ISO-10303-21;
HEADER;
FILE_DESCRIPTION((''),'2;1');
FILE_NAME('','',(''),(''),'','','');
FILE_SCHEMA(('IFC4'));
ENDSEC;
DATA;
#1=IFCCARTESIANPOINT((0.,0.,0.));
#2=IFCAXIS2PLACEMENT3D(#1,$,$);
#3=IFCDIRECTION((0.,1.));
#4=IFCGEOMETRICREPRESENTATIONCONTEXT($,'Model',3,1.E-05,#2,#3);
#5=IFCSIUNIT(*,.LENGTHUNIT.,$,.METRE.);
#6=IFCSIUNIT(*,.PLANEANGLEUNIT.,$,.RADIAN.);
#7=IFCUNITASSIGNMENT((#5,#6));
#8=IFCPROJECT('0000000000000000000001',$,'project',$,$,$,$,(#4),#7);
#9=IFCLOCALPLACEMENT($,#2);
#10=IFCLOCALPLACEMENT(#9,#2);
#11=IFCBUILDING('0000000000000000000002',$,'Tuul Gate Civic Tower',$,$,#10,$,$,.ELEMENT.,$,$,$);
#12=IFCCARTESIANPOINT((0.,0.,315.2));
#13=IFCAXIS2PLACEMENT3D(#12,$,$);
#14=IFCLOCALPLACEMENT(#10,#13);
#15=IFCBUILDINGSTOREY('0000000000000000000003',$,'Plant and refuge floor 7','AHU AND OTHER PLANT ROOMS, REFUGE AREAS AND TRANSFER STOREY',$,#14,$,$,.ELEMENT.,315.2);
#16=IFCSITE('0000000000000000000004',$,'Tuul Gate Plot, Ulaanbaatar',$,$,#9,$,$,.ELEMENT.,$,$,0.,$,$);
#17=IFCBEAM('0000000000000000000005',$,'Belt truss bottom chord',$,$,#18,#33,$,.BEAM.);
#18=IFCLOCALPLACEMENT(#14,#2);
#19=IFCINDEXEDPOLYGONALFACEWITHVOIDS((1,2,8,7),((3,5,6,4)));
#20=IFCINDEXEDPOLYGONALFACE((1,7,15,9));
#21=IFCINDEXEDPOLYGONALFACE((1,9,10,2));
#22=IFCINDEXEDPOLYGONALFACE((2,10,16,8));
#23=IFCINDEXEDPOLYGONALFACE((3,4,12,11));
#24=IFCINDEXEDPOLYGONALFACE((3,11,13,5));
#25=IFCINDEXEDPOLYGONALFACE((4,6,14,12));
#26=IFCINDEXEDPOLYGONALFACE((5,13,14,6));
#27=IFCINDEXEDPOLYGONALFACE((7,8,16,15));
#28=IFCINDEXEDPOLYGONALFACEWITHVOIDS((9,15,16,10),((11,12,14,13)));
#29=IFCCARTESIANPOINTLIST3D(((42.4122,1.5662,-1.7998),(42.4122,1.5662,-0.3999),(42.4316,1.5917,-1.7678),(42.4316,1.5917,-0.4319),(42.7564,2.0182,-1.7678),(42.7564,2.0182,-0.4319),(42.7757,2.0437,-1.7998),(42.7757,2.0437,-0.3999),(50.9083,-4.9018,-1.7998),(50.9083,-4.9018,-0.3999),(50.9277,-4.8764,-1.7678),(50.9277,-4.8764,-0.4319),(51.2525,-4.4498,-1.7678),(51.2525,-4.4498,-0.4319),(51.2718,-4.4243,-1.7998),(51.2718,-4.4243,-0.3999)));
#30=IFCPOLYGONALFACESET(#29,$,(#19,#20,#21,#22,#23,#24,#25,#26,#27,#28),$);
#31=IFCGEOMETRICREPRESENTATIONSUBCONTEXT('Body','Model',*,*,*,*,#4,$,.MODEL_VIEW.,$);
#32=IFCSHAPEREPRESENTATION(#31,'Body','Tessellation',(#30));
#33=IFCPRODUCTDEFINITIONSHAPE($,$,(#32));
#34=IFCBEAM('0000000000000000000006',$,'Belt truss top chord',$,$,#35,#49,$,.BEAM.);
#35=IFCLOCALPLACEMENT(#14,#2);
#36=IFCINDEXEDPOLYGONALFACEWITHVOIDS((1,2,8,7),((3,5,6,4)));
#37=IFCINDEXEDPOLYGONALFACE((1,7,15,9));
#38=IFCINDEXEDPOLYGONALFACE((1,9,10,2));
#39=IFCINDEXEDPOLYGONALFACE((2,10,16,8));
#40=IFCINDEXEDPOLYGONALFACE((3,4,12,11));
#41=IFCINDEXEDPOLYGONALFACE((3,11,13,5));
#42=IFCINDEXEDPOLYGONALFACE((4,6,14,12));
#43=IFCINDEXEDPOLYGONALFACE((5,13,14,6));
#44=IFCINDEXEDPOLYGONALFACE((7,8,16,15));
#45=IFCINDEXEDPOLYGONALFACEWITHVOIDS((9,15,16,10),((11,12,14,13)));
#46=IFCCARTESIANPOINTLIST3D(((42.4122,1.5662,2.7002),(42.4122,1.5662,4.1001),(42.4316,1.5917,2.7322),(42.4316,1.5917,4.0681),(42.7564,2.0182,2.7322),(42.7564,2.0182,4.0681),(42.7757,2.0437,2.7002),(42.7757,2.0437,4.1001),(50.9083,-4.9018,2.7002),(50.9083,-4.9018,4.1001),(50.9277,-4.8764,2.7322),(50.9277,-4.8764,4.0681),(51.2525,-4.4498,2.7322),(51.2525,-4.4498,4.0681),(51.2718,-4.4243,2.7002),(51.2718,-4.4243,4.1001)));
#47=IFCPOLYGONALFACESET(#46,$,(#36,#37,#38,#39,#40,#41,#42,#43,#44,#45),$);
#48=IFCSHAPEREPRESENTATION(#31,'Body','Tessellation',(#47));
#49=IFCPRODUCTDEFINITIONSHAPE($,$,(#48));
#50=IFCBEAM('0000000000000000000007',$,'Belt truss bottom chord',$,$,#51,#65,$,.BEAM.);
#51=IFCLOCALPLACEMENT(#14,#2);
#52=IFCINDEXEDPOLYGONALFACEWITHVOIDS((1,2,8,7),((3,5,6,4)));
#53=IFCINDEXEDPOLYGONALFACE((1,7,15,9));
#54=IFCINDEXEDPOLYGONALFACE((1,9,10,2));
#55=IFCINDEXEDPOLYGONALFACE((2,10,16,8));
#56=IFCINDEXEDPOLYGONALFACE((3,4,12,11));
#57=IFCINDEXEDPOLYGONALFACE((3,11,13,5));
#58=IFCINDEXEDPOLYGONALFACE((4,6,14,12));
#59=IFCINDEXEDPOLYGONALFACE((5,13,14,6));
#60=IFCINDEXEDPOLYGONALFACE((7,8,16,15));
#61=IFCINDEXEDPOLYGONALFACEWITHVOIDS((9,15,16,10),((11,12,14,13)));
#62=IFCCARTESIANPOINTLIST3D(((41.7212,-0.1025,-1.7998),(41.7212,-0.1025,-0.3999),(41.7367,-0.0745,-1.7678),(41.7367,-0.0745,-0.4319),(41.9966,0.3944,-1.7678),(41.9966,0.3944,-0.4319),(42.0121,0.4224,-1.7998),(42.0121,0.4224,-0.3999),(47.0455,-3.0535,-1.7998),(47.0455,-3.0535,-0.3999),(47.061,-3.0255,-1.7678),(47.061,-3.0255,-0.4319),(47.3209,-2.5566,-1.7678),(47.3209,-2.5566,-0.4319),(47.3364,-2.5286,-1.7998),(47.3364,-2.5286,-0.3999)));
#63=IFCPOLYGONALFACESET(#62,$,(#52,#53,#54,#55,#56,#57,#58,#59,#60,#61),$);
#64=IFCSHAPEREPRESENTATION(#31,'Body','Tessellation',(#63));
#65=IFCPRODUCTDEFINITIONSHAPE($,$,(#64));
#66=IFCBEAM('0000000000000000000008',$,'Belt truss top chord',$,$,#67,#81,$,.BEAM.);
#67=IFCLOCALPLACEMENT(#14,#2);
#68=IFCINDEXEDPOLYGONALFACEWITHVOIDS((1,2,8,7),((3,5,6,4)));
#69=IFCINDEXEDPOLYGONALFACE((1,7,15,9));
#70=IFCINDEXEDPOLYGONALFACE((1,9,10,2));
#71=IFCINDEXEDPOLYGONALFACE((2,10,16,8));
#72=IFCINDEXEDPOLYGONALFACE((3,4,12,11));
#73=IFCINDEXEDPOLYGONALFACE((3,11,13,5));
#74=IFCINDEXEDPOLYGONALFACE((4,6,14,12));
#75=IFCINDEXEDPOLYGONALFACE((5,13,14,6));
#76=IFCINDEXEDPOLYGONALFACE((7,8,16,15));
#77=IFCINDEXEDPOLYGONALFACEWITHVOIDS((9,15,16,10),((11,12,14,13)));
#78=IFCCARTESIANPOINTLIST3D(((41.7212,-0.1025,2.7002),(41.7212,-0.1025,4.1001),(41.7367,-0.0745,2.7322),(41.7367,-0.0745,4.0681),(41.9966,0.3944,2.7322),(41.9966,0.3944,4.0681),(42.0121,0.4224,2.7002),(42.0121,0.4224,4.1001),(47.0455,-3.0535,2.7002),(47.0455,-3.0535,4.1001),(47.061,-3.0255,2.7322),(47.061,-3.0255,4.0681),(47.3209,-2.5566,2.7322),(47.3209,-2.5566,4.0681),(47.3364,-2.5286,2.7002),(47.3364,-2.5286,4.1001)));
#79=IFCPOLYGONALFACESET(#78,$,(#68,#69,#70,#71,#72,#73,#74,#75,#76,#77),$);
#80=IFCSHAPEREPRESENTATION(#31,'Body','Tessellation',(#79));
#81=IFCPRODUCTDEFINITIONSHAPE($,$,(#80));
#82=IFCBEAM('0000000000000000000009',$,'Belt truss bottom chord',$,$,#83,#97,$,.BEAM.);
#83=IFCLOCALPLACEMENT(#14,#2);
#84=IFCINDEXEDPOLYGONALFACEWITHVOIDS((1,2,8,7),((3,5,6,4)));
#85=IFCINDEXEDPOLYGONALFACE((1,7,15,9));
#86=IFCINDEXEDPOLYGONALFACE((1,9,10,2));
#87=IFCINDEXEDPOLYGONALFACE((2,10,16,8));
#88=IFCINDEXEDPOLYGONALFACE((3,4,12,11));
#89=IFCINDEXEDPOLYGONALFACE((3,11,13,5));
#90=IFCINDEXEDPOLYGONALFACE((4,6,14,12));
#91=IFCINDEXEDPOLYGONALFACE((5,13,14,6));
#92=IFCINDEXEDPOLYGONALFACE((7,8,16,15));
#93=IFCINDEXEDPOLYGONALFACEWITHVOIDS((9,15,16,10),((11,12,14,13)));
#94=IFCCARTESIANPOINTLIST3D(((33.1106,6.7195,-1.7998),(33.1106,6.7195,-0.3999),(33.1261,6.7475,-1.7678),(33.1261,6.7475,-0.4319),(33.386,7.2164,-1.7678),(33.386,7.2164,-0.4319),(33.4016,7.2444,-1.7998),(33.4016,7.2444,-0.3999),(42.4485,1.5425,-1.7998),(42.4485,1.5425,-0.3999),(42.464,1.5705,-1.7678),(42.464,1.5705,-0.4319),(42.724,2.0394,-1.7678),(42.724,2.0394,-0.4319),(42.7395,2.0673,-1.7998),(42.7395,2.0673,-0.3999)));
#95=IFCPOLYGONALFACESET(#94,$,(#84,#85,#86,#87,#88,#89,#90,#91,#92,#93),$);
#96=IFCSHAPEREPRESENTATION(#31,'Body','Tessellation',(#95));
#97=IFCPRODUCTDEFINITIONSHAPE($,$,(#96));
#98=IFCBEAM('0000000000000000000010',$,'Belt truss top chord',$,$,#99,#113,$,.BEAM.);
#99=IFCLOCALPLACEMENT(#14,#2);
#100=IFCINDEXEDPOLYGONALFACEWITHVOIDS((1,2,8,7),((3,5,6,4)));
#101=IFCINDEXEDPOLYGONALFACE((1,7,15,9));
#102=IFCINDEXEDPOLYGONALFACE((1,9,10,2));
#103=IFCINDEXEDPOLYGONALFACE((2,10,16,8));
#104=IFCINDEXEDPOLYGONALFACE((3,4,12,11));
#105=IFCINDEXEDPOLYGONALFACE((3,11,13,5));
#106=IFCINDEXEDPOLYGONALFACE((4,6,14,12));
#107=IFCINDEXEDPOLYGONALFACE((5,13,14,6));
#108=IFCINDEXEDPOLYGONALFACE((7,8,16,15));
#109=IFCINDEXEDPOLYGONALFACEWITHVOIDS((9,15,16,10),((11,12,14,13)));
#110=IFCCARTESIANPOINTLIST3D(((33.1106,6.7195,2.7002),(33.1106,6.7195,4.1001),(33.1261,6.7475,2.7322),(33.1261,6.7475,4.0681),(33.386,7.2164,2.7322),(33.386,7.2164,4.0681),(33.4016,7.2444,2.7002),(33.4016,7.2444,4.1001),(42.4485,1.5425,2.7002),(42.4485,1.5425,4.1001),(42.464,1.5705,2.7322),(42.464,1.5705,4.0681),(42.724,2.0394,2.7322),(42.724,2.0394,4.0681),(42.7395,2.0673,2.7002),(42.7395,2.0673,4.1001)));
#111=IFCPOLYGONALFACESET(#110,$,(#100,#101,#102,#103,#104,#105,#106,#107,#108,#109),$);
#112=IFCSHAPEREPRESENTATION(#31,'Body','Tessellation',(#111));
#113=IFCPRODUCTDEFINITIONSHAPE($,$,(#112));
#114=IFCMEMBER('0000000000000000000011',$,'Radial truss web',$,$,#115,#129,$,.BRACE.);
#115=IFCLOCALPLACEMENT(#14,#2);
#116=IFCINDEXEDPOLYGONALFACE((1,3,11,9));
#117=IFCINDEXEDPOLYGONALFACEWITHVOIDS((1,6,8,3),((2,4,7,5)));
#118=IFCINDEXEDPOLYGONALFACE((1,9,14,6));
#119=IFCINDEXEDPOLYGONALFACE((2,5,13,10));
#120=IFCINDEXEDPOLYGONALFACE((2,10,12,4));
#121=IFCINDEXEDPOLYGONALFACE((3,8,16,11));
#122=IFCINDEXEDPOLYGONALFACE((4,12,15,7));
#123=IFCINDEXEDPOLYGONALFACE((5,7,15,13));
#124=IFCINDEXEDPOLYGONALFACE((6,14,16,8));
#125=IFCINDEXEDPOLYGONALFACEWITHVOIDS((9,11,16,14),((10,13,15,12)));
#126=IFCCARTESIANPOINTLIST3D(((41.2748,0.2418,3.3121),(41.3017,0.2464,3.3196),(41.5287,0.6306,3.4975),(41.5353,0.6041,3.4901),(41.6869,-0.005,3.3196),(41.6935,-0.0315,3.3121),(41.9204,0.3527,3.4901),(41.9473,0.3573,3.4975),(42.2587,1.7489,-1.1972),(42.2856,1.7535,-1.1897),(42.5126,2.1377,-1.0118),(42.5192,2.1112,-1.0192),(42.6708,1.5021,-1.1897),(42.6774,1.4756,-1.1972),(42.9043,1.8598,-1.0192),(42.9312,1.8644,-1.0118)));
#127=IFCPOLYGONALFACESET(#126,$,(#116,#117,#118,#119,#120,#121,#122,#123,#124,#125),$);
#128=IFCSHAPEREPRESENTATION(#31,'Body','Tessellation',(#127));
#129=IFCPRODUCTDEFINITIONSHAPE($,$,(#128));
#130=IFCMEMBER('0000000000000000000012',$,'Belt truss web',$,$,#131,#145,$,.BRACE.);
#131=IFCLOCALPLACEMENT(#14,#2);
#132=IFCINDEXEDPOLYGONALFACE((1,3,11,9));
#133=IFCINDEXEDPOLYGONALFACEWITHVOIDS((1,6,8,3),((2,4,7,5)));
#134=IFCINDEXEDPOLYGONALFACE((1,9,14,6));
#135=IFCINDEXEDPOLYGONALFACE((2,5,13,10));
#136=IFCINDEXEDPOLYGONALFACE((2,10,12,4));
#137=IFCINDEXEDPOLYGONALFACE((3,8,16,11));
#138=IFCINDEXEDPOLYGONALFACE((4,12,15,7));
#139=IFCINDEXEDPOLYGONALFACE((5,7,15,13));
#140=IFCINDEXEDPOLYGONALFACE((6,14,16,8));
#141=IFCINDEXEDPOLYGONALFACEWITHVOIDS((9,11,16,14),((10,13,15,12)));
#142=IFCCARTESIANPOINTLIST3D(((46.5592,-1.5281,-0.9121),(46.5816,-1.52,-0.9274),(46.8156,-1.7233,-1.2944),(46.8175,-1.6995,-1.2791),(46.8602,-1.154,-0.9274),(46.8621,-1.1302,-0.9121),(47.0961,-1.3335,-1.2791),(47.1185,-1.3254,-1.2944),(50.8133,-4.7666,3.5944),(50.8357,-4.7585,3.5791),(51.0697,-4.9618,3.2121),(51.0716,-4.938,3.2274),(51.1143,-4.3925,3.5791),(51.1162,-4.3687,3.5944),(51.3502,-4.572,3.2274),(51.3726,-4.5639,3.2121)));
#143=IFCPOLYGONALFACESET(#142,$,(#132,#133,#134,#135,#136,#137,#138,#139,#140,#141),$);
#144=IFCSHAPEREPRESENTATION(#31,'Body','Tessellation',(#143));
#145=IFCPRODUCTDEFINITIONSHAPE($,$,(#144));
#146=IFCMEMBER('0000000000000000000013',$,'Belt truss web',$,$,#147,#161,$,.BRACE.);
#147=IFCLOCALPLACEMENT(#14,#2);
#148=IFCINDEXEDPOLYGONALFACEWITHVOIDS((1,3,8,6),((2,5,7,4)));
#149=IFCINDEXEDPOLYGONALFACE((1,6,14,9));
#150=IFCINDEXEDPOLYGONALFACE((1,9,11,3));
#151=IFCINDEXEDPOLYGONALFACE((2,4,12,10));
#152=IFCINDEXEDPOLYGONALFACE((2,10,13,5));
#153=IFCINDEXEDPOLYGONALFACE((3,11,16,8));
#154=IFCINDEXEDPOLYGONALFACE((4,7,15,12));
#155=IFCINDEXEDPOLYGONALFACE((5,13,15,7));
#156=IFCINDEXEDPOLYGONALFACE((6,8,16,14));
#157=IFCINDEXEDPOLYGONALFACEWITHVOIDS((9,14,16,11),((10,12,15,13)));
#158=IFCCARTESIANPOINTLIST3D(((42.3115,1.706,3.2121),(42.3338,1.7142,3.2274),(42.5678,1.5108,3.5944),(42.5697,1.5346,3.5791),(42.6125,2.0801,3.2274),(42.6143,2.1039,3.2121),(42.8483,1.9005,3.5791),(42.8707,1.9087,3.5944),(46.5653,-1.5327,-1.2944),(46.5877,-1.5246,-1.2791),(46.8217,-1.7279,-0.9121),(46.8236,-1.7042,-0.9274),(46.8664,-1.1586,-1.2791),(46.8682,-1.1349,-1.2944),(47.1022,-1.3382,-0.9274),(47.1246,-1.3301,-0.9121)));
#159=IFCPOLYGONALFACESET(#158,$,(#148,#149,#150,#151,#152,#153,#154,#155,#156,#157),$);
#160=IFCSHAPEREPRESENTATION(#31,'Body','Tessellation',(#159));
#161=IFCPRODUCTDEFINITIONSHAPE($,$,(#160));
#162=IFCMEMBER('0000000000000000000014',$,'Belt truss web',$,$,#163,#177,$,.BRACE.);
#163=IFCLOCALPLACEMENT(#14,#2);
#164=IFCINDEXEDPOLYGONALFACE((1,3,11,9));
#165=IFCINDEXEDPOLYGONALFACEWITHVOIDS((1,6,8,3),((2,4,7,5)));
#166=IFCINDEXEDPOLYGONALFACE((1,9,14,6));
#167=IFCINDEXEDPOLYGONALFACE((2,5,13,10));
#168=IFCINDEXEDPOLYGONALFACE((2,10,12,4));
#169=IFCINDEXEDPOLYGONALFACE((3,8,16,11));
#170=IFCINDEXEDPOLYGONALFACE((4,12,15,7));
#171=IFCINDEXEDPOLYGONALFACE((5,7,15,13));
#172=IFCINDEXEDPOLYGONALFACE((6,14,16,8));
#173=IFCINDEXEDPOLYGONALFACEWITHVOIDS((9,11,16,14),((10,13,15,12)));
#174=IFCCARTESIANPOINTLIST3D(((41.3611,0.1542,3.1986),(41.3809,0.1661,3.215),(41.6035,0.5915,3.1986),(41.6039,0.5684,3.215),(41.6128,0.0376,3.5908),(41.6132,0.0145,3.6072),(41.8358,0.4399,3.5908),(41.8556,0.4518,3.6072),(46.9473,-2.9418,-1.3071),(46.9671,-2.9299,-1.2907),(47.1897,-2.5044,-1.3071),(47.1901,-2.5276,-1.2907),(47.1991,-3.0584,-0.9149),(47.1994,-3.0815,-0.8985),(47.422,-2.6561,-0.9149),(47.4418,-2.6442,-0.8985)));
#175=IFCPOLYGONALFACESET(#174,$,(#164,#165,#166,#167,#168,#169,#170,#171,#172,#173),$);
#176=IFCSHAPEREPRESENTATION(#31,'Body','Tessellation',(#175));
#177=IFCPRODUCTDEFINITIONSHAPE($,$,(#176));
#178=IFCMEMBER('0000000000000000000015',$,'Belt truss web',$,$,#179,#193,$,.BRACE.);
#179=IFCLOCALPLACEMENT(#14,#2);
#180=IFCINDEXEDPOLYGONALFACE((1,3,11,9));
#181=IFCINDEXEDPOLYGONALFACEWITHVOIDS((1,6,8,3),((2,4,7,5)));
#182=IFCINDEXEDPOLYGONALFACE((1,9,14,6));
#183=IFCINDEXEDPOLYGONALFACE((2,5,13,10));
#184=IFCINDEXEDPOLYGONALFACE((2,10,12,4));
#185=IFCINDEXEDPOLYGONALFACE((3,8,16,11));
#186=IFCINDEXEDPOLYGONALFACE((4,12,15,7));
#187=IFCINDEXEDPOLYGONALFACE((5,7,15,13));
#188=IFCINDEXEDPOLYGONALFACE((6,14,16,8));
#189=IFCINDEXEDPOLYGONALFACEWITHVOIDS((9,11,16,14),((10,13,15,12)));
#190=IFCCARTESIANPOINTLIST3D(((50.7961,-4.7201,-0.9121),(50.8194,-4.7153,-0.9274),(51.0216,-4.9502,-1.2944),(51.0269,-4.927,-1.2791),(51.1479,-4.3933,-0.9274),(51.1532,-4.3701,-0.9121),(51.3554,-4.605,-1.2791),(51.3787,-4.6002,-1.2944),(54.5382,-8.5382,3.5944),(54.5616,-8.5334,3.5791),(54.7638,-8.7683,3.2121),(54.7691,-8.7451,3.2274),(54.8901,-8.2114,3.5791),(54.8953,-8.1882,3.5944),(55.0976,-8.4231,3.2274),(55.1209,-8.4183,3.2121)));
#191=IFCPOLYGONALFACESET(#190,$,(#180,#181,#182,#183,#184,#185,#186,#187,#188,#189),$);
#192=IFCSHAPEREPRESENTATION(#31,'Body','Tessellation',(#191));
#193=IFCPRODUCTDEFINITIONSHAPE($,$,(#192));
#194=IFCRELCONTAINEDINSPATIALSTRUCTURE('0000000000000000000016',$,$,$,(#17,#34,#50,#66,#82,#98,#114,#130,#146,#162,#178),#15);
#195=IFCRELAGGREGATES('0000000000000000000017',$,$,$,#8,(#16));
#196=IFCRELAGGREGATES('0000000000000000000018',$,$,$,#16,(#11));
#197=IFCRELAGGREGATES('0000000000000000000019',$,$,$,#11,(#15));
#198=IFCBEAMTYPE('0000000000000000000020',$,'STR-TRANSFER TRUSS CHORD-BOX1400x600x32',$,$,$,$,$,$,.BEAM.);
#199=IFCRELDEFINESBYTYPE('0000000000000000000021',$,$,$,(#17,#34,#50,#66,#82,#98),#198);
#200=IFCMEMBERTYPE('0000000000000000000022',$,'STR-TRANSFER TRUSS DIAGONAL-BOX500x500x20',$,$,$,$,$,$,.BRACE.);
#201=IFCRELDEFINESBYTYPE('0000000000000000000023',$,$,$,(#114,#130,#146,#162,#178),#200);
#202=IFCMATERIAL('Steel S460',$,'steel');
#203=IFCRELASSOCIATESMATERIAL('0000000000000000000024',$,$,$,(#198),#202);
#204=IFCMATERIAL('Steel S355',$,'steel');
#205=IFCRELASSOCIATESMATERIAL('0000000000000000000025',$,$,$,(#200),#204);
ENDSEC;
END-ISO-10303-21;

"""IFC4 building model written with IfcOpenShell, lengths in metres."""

from ifc_helpers import new_model, si_unit, direction, frame, origin, origin_2d, place, context, subcontext, project, spatial, hollow_rectangle, extrude, material, material_profile, profile_set, type_object, element, save


model = new_model("IFC4")

# Units and contexts
model_context = context("Model", 3, precision=1e-05, world=origin(), true_north=direction((0.0, 1.0)))
body_context = subcontext(model_context, "Body", "Model", "MODEL_VIEW")
ifc_project = project(units=[si_unit("LENGTHUNIT", "METRE"), si_unit("PLANEANGLEUNIT", "RADIAN")], contexts=[model_context])

# Site, building, storey
site_placement = place(None, origin())
site = spatial("IfcSite", under=ifc_project, at=site_placement, Name="Tuul Gate Plot, Ulaanbaatar", CompositionType="ELEMENT", RefElevation=0.0)
building_placement = place(site_placement, origin())
building = spatial("IfcBuilding", under=site, at=building_placement, Name="Tuul Gate Civic Tower", CompositionType="ELEMENT")
storey_placement = place(building_placement, frame((0.0, 0.0, 315.2)))
storey = spatial("IfcBuildingStorey", under=building, at=storey_placement, Name="Plant and refuge floor 7", Description="AHU AND OTHER PLANT ROOMS, REFUGE AREAS AND TRANSFER STOREY", CompositionType="ELEMENT", Elevation=315.2)

# Beams
ifc_material_1 = material(Name="Steel S460", Category="steel")
ifc_material_profile_1 = material_profile(ifc_material_1, hollow_rectangle(XDim=0.6001, YDim=1.3999, WallThickness=0.032, at=origin_2d()), Name="BOX1400x600x32")
ifc_profile_set_1 = profile_set([ifc_material_profile_1], Name="Steel S460")
beam_type = type_object("IfcBeamType", Name="STR-TRANSFER TRUSS CHORD-BOX1400x600x32", PredefinedType="BEAM", material=ifc_profile_set_1)
for number, where, z_axis, x_axis, name in (
    (1, (51.0901, -4.6631, -1.0999), (-0.795666, 0.605735, 0.0), (-0.605735, -0.795666, 0.0), "Belt truss bottom chord"),
    (2, (51.0901, -4.6631, 3.4001), (-0.795666, 0.605735, 0.0), (-0.605735, -0.795666, 0.0), "Belt truss top chord"),
):
    element("IfcBeam", number, at=place(storey_placement, frame(where, z_axis=z_axis, x_axis=x_axis)), inside=storey, type_object=beam_type, Name=name, PredefinedType="BEAM", context=body_context, shape_type="SweptSolid", body=[
        extrude(hollow_rectangle(XDim=0.6001, YDim=1.3999, WallThickness=0.032, at=origin_2d()), origin(), (0.0, 0.0, 1.0), 10.678),
    ])
for number, where, z_axis, x_axis, name in (
    (3, (47.1909, -2.791, -1.0999), (-0.874643, 0.484768, 0.0), (-0.484768, -0.874643, 0.0), "Belt truss bottom chord"),
    (4, (47.1909, -2.791, 3.4001), (-0.874643, 0.484768, 0.0), (-0.484768, -0.874643, 0.0), "Belt truss top chord"),
):
    element("IfcBeam", number, at=place(storey_placement, frame(where, z_axis=z_axis, x_axis=x_axis)), inside=storey, type_object=beam_type, Name=name, PredefinedType="BEAM", context=body_context, shape_type="SweptSolid", body=[
        extrude(hollow_rectangle(XDim=0.6001, YDim=1.3999, WallThickness=0.032, at=origin_2d()), origin(), (0.0, 0.0, 1.0), 6.0874),
    ])
for number, where, z_axis, x_axis, name in (
    (5, (42.594, 1.8049, -1.0999), (-0.874583, 0.484876, 0.0), (-0.484876, -0.874583, 0.0), "Belt truss bottom chord"),
    (6, (42.594, 1.8049, 3.4001), (-0.874583, 0.484876, 0.0), (-0.484876, -0.874583, 0.0), "Belt truss top chord"),
):
    element("IfcBeam", number, at=place(storey_placement, frame(where, z_axis=z_axis, x_axis=x_axis)), inside=storey, type_object=beam_type, Name=name, PredefinedType="BEAM", context=body_context, shape_type="SweptSolid", body=[
        extrude(hollow_rectangle(XDim=0.6001, YDim=1.3999, WallThickness=0.032, at=origin_2d()), origin(), (0.0, 0.0, 1.0), 10.677),
    ])

# Members
ifc_material_2 = material(Name="Steel S355", Category="steel")
ifc_material_profile_2 = material_profile(ifc_material_2, hollow_rectangle(XDim=0.5, YDim=0.5, WallThickness=0.02, at=origin_2d()), Name="BOX500x500x20")
ifc_profile_set_2 = profile_set([ifc_material_profile_2], Name="Steel S355")
member_type_1 = type_object("IfcMemberType", Name="STR-TRANSFER TRUSS DIAGONAL-BOX500x500x20", PredefinedType="BRACE", material=ifc_profile_set_2)
member_1_placement = place(storey_placement, frame((42.595, 1.8066, -1.1045), z_axis=(-0.202646, -0.310406, 0.928753), x_axis=(0.837354, -0.546661, 0.0)))
element("IfcMember", 7, at=member_1_placement, inside=storey, type_object=member_type_1, Name="Radial truss web", PredefinedType="BRACE", context=body_context, shape_type="SweptSolid", body=[
    extrude(hollow_rectangle(XDim=0.5, YDim=0.5, WallThickness=0.02, at=origin_2d()), origin(), (0.0, 0.0, 1.0), 4.8552),
])
for number, where, z_axis, x_axis, name in (
    (8, (46.8389, -1.4268, -1.1033), (0.608387, -0.463142, 0.644488), (0.60572, 0.795678, 0.0), "Belt truss web"),
    (9, (46.845, -1.4314, -1.1033), (-0.608355, 0.463179, 0.644492), (-0.605771, -0.795639, 0.0), "Belt truss web"),
):
    element("IfcMember", number, at=place(storey_placement, frame(where, z_axis=z_axis, x_axis=x_axis)), inside=storey, type_object=member_type_1, Name=name, PredefinedType="BRACE", context=body_context, shape_type="SweptSolid", body=[
        extrude(hollow_rectangle(XDim=0.5, YDim=0.5, WallThickness=0.02, at=origin_2d()), origin(), (0.0, 0.0, 1.0), 6.9924),
    ])
member_2_placement = place(storey_placement, frame((47.1946, -2.793, -1.1028), z_axis=(-0.714705, 0.3961, 0.576456), x_axis=(-0.484747, -0.874654, 0.0)))
element("IfcMember", 10, at=member_2_placement, inside=storey, type_object=member_type_1, Name="Belt truss web", PredefinedType="BRACE", context=body_context, shape_type="SweptSolid", body=[
    extrude(hollow_rectangle(XDim=0.5, YDim=0.5, WallThickness=0.02, at=origin_2d()), origin(), (0.0, 0.0, 1.0), 7.8162),
])
member_3_placement = place(storey_placement, frame((51.0874, -4.6602, -1.1033), z_axis=(0.535192, -0.546051, 0.644514), x_axis=(0.714172, 0.69997, 0.0)))
element("IfcMember", 11, at=member_3_placement, inside=storey, type_object=member_type_1, Name="Belt truss web", PredefinedType="BRACE", context=body_context, shape_type="SweptSolid", body=[
    extrude(hollow_rectangle(XDim=0.5, YDim=0.5, WallThickness=0.02, at=origin_2d()), origin(), (0.0, 0.0, 1.0), 6.9922),
])

save(model, "model.ifc")
